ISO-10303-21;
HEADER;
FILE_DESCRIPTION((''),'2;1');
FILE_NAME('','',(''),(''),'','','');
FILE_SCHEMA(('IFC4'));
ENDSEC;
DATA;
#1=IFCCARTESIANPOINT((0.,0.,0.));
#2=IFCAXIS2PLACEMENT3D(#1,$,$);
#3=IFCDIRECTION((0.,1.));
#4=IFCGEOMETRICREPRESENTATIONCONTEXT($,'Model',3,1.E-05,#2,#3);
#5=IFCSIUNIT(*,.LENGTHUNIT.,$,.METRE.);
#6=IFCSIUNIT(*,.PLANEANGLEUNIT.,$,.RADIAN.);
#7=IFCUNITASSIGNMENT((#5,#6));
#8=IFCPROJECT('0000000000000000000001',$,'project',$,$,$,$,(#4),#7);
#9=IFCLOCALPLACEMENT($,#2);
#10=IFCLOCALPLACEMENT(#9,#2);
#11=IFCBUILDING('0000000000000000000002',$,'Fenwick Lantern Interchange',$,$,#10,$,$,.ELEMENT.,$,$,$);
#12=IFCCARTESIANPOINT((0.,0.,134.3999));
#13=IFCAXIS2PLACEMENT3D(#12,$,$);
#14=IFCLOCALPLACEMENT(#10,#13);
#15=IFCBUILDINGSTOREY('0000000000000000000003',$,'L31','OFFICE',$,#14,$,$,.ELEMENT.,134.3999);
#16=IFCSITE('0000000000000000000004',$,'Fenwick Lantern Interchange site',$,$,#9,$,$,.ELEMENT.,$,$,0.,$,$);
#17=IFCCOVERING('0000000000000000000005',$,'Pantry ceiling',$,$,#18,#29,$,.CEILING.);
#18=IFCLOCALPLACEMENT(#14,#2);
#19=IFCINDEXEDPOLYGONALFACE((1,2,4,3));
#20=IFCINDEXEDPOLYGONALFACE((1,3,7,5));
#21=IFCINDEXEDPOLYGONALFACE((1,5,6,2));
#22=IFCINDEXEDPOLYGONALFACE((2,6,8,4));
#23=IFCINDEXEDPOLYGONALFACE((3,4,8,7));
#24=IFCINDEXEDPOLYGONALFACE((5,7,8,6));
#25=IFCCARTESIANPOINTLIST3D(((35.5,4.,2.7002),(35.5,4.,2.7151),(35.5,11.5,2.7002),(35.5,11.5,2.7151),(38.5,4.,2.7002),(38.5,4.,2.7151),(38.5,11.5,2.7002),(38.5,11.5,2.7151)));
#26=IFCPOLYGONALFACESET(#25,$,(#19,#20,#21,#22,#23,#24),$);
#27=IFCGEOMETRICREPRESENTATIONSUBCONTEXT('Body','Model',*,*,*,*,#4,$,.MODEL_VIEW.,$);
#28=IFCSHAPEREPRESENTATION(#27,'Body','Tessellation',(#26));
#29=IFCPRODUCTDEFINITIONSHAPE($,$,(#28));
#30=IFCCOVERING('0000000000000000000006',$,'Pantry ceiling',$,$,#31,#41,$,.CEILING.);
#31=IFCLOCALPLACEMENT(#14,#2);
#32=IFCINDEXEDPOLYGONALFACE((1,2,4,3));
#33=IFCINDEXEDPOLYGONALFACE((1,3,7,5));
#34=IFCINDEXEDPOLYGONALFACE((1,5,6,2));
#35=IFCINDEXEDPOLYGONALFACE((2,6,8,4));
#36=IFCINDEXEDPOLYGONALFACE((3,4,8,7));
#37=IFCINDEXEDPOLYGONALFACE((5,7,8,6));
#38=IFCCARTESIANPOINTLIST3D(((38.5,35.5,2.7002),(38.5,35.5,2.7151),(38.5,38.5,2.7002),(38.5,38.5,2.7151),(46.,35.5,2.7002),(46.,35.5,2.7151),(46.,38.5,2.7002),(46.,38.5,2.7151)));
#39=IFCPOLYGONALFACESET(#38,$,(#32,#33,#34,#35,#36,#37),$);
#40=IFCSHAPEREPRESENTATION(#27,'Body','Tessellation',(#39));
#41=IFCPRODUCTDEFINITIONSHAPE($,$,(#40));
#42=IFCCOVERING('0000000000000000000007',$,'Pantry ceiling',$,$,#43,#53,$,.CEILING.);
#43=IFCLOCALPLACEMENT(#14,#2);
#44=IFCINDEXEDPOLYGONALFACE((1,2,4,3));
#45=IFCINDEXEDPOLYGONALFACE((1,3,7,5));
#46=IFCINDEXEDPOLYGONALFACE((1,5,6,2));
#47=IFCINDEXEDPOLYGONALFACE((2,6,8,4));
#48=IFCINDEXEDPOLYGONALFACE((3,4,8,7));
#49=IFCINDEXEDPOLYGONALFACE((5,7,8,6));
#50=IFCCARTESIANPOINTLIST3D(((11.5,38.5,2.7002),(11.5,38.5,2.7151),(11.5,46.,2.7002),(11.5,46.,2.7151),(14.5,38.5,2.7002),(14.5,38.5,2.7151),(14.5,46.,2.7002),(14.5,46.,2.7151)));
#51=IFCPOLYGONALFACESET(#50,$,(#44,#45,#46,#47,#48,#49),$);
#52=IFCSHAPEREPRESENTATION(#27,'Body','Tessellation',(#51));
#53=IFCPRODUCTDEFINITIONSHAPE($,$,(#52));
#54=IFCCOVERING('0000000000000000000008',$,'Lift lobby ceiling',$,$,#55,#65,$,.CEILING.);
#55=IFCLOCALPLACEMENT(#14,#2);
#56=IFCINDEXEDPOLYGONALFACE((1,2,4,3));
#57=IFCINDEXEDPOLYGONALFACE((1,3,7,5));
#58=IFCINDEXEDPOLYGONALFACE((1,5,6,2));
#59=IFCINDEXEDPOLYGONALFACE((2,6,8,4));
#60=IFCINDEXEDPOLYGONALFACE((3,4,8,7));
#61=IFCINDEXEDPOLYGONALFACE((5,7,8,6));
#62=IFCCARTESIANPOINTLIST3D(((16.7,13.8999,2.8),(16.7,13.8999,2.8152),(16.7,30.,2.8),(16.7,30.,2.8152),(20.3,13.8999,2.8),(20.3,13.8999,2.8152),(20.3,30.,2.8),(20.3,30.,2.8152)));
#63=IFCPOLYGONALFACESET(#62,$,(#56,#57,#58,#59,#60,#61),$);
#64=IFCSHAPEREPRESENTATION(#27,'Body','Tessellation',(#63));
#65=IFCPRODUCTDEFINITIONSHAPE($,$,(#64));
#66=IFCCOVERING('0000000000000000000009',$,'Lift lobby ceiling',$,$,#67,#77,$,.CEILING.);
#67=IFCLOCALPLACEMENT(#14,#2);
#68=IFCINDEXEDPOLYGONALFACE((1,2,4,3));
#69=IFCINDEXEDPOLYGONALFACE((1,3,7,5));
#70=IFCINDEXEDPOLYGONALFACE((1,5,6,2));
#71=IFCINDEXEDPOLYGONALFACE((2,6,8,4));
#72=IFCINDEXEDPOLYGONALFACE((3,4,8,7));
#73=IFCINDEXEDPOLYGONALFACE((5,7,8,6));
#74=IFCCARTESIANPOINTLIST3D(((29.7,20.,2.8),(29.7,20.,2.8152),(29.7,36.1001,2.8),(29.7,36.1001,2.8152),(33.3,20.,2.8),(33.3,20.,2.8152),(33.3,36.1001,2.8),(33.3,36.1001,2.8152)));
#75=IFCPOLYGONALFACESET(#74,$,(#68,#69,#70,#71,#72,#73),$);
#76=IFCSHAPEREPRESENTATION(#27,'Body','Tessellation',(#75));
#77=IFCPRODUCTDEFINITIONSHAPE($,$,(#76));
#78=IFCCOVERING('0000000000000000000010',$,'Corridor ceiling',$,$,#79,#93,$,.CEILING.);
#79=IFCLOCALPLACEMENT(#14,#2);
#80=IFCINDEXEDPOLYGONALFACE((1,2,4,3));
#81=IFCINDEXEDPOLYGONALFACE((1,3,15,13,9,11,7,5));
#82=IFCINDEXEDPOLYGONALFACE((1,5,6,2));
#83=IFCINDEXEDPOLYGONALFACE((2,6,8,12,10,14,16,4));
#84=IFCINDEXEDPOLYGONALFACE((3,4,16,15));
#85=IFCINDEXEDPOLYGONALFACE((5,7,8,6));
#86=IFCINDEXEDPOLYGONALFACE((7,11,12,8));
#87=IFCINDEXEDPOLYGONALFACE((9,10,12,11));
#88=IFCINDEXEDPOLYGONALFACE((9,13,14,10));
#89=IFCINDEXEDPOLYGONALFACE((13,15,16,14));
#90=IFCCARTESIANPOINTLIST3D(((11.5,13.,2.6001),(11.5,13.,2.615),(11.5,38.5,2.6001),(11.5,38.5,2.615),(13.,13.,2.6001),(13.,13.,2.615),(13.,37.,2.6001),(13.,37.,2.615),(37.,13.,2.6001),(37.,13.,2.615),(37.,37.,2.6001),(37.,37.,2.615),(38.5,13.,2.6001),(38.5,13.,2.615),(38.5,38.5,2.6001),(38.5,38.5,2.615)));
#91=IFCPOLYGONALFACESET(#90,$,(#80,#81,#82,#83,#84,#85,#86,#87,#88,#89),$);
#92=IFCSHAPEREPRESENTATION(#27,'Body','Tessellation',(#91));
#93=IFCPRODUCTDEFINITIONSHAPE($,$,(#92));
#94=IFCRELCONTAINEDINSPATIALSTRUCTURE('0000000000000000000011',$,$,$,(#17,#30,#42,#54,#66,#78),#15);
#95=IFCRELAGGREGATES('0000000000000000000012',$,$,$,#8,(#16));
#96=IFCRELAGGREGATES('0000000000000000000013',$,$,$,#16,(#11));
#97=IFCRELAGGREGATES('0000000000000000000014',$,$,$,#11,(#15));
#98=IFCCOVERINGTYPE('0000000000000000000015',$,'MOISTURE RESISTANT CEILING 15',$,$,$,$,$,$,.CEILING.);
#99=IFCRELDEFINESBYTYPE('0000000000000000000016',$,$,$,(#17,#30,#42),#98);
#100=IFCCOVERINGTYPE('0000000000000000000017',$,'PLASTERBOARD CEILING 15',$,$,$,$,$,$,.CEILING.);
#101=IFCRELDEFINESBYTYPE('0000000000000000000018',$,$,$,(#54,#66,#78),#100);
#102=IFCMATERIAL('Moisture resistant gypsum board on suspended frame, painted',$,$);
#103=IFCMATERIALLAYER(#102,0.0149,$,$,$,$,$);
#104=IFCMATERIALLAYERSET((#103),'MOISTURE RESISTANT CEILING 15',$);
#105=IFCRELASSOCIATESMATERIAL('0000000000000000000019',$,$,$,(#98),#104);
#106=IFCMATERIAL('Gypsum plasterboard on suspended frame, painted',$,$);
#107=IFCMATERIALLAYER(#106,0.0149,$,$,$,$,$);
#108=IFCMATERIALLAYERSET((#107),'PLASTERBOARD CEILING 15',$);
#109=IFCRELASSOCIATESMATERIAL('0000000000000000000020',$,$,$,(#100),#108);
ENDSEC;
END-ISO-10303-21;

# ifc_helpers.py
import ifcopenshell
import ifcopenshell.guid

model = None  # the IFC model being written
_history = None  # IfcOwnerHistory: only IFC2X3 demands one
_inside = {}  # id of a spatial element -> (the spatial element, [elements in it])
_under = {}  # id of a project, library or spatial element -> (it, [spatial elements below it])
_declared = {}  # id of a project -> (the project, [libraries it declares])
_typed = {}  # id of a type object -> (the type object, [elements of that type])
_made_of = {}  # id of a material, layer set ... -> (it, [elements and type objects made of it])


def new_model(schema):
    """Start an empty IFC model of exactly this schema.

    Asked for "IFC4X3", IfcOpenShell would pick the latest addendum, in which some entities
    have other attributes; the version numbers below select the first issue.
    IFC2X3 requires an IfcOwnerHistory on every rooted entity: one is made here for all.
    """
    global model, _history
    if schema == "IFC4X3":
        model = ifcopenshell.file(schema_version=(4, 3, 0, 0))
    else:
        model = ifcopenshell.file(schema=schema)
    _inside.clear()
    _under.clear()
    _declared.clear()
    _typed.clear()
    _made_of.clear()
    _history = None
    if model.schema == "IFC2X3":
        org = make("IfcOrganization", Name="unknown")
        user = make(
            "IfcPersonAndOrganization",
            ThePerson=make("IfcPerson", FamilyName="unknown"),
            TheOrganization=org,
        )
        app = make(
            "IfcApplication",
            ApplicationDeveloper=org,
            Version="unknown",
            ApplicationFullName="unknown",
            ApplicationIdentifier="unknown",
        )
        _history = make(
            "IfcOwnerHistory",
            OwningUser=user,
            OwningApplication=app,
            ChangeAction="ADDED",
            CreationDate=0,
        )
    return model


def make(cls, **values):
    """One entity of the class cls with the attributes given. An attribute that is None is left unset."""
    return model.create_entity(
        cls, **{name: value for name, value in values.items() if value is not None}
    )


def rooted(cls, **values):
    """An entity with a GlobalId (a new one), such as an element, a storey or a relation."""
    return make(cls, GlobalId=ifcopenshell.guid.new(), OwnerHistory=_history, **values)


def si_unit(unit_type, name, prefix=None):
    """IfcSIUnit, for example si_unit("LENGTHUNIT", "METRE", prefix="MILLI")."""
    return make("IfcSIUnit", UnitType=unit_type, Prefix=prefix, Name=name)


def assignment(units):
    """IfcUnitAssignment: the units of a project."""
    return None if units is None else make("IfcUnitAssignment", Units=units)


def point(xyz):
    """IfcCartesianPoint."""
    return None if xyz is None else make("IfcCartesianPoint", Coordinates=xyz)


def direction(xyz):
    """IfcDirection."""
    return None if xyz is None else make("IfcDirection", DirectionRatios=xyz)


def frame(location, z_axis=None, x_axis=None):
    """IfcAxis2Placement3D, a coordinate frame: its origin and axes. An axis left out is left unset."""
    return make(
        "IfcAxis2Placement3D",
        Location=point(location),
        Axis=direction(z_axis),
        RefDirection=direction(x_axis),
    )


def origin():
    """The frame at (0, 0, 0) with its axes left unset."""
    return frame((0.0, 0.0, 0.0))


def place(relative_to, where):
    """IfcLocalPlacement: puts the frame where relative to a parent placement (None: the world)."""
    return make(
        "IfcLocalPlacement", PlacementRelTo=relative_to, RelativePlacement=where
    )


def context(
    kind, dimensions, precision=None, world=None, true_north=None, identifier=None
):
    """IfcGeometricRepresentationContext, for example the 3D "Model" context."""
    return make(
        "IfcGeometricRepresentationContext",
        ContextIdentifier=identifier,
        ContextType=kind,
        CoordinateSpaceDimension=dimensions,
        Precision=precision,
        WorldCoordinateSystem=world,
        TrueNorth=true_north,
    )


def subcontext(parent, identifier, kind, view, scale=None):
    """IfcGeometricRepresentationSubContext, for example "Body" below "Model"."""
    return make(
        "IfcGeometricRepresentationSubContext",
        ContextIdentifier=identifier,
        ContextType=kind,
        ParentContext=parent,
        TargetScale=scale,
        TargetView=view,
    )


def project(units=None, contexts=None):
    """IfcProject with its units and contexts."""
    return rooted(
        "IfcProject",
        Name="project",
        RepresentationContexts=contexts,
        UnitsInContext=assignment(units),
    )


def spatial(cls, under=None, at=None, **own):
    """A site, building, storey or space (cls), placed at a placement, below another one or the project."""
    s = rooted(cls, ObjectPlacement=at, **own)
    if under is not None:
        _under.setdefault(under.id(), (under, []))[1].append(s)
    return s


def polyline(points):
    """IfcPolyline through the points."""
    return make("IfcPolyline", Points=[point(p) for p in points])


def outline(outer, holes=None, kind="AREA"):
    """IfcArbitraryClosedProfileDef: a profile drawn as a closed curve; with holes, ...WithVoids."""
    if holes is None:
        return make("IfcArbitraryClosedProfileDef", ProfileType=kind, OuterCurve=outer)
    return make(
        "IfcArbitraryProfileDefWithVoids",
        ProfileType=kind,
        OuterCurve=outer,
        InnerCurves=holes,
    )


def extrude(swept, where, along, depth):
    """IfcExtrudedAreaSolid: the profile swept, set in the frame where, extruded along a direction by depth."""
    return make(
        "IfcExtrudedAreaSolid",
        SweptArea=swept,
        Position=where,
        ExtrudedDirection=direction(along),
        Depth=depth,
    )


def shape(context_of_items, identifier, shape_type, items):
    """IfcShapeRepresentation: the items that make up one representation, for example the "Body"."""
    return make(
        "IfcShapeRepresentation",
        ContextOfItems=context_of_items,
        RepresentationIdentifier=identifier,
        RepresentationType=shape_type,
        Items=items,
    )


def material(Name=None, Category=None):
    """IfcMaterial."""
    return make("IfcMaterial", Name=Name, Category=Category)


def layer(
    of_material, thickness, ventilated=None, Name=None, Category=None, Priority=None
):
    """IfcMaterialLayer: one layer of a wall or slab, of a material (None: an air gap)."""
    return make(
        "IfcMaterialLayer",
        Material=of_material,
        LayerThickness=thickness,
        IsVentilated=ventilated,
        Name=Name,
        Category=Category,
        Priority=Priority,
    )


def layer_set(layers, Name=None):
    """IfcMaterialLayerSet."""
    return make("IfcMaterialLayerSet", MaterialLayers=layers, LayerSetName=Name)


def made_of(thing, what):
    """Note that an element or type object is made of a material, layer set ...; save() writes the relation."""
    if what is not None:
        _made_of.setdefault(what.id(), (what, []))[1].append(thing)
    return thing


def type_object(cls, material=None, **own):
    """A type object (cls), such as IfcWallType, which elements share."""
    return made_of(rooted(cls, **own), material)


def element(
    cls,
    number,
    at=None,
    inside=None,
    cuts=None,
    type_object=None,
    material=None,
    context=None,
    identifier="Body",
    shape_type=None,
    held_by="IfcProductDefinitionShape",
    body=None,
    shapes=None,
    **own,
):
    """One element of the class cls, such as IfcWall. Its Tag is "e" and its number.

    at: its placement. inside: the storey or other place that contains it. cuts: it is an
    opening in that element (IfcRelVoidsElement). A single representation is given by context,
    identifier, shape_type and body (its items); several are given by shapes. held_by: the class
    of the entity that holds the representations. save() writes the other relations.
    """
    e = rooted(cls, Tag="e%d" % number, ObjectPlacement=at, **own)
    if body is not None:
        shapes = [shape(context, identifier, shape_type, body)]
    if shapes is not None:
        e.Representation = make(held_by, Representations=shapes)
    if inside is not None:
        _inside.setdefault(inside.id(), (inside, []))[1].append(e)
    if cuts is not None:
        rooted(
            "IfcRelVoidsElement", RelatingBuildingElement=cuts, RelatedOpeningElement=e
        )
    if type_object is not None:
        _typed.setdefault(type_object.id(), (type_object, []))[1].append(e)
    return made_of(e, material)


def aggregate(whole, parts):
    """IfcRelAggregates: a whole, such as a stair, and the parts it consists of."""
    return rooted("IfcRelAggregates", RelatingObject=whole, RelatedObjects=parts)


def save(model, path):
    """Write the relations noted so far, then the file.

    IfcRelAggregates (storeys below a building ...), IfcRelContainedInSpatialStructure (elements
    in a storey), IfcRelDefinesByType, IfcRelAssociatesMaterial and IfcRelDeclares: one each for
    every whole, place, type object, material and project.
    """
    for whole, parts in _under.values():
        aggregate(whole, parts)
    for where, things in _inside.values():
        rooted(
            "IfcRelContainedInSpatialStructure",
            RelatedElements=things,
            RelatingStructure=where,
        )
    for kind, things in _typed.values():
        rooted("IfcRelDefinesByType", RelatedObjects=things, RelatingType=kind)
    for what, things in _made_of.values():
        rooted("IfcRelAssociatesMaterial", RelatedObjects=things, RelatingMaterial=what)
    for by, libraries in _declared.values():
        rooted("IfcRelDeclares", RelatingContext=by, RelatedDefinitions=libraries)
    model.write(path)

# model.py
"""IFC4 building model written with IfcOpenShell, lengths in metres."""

from ifc_helpers import new_model, si_unit, direction, frame, origin, place, context, subcontext, project, spatial, polyline, outline, extrude, material, layer, layer_set, type_object, element, save


model = new_model("IFC4")

# Units and contexts
model_context = context("Model", 3, precision=1e-05, world=origin(), true_north=direction((0.0, 1.0)))
body_context = subcontext(model_context, "Body", "Model", "MODEL_VIEW")
ifc_project = project(units=[si_unit("LENGTHUNIT", "METRE"), si_unit("PLANEANGLEUNIT", "RADIAN")], contexts=[model_context])

# Site, building, storey
site_placement = place(None, origin())
site = spatial("IfcSite", under=ifc_project, at=site_placement, Name="Fenwick Lantern Interchange site", CompositionType="ELEMENT", RefElevation=0.0)
building_placement = place(site_placement, origin())
building = spatial("IfcBuilding", under=site, at=building_placement, Name="Fenwick Lantern Interchange", CompositionType="ELEMENT")
storey_placement = place(building_placement, frame((0.0, 0.0, 134.3999)))
storey = spatial("IfcBuildingStorey", under=building, at=storey_placement, Name="L31", Description="OFFICE", CompositionType="ELEMENT", Elevation=134.3999)

# Coverings
ifc_material_1 = material(Name="Moisture resistant gypsum board on suspended frame, painted")
ifc_layer_1 = layer(ifc_material_1, 0.0149)
ifc_layer_set_1 = layer_set([ifc_layer_1], Name="MOISTURE RESISTANT CEILING 15")
covering_type_1 = type_object("IfcCoveringType", Name="MOISTURE RESISTANT CEILING 15", PredefinedType="CEILING", material=ifc_layer_set_1)
covering_1_placement = place(storey_placement, frame((0.0, 0.0, 2.7002)))
element("IfcCovering", 1, at=covering_1_placement, inside=storey, type_object=covering_type_1, Name="Pantry ceiling", PredefinedType="CEILING", context=body_context, shape_type="SweptSolid", body=[
    extrude(outline(polyline([(35.5, 4.0), (38.5, 4.0), (38.5, 11.5), (35.5, 11.5), (35.5, 4.0)])), origin(), (0.0, 0.0, 1.0), 0.0149),
])
covering_2_placement = place(storey_placement, frame((0.0, 0.0, 2.7002)))
element("IfcCovering", 2, at=covering_2_placement, inside=storey, type_object=covering_type_1, Name="Pantry ceiling", PredefinedType="CEILING", context=body_context, shape_type="SweptSolid", body=[
    extrude(outline(polyline([(46.0, 35.5), (46.0, 38.5), (38.5, 38.5), (38.5, 35.5), (46.0, 35.5)])), origin(), (0.0, 0.0, 1.0), 0.0149),
])
covering_3_placement = place(storey_placement, frame((0.0, 0.0, 2.7002)))
element("IfcCovering", 3, at=covering_3_placement, inside=storey, type_object=covering_type_1, Name="Pantry ceiling", PredefinedType="CEILING", context=body_context, shape_type="SweptSolid", body=[
    extrude(outline(polyline([(14.5, 46.0), (11.5, 46.0), (11.5, 38.5), (14.5, 38.5), (14.5, 46.0)])), origin(), (0.0, 0.0, 1.0), 0.0149),
])
ifc_material_2 = material(Name="Gypsum plasterboard on suspended frame, painted")
ifc_layer_2 = layer(ifc_material_2, 0.0149)
ifc_layer_set_2 = layer_set([ifc_layer_2], Name="PLASTERBOARD CEILING 15")
covering_type_2 = type_object("IfcCoveringType", Name="PLASTERBOARD CEILING 15", PredefinedType="CEILING", material=ifc_layer_set_2)
covering_4_placement = place(storey_placement, frame((0.0, 0.0, 2.8)))
element("IfcCovering", 4, at=covering_4_placement, inside=storey, type_object=covering_type_2, Name="Lift lobby ceiling", PredefinedType="CEILING", context=body_context, shape_type="SweptSolid", body=[
    extrude(outline(polyline([(16.7, 13.8999), (20.3, 13.8999), (20.3, 30.0), (16.7, 30.0), (16.7, 13.8999)])), origin(), (0.0, 0.0, 1.0), 0.0151),
])
covering_5_placement = place(storey_placement, frame((0.0, 0.0, 2.8)))
element("IfcCovering", 5, at=covering_5_placement, inside=storey, type_object=covering_type_2, Name="Lift lobby ceiling", PredefinedType="CEILING", context=body_context, shape_type="SweptSolid", body=[
    extrude(outline(polyline([(33.3, 36.1001), (29.7, 36.1001), (29.7, 20.0), (33.3, 20.0), (33.3, 36.1001)])), origin(), (0.0, 0.0, 1.0), 0.0151),
])
covering_6_placement = place(storey_placement, frame((0.0, 0.0, 2.6001)))
element("IfcCovering", 6, at=covering_6_placement, inside=storey, type_object=covering_type_2, Name="Corridor ceiling", PredefinedType="CEILING", context=body_context, shape_type="SweptSolid", body=[
    extrude(outline(polyline([(38.5, 38.5), (11.5, 38.5), (11.5, 13.0), (13.0, 13.0), (13.0, 37.0), (37.0, 37.0), (37.0, 13.0), (38.5, 13.0), (38.5, 38.5)])), origin(), (0.0, 0.0, 1.0), 0.0149),
])

save(model, "model.ifc")
